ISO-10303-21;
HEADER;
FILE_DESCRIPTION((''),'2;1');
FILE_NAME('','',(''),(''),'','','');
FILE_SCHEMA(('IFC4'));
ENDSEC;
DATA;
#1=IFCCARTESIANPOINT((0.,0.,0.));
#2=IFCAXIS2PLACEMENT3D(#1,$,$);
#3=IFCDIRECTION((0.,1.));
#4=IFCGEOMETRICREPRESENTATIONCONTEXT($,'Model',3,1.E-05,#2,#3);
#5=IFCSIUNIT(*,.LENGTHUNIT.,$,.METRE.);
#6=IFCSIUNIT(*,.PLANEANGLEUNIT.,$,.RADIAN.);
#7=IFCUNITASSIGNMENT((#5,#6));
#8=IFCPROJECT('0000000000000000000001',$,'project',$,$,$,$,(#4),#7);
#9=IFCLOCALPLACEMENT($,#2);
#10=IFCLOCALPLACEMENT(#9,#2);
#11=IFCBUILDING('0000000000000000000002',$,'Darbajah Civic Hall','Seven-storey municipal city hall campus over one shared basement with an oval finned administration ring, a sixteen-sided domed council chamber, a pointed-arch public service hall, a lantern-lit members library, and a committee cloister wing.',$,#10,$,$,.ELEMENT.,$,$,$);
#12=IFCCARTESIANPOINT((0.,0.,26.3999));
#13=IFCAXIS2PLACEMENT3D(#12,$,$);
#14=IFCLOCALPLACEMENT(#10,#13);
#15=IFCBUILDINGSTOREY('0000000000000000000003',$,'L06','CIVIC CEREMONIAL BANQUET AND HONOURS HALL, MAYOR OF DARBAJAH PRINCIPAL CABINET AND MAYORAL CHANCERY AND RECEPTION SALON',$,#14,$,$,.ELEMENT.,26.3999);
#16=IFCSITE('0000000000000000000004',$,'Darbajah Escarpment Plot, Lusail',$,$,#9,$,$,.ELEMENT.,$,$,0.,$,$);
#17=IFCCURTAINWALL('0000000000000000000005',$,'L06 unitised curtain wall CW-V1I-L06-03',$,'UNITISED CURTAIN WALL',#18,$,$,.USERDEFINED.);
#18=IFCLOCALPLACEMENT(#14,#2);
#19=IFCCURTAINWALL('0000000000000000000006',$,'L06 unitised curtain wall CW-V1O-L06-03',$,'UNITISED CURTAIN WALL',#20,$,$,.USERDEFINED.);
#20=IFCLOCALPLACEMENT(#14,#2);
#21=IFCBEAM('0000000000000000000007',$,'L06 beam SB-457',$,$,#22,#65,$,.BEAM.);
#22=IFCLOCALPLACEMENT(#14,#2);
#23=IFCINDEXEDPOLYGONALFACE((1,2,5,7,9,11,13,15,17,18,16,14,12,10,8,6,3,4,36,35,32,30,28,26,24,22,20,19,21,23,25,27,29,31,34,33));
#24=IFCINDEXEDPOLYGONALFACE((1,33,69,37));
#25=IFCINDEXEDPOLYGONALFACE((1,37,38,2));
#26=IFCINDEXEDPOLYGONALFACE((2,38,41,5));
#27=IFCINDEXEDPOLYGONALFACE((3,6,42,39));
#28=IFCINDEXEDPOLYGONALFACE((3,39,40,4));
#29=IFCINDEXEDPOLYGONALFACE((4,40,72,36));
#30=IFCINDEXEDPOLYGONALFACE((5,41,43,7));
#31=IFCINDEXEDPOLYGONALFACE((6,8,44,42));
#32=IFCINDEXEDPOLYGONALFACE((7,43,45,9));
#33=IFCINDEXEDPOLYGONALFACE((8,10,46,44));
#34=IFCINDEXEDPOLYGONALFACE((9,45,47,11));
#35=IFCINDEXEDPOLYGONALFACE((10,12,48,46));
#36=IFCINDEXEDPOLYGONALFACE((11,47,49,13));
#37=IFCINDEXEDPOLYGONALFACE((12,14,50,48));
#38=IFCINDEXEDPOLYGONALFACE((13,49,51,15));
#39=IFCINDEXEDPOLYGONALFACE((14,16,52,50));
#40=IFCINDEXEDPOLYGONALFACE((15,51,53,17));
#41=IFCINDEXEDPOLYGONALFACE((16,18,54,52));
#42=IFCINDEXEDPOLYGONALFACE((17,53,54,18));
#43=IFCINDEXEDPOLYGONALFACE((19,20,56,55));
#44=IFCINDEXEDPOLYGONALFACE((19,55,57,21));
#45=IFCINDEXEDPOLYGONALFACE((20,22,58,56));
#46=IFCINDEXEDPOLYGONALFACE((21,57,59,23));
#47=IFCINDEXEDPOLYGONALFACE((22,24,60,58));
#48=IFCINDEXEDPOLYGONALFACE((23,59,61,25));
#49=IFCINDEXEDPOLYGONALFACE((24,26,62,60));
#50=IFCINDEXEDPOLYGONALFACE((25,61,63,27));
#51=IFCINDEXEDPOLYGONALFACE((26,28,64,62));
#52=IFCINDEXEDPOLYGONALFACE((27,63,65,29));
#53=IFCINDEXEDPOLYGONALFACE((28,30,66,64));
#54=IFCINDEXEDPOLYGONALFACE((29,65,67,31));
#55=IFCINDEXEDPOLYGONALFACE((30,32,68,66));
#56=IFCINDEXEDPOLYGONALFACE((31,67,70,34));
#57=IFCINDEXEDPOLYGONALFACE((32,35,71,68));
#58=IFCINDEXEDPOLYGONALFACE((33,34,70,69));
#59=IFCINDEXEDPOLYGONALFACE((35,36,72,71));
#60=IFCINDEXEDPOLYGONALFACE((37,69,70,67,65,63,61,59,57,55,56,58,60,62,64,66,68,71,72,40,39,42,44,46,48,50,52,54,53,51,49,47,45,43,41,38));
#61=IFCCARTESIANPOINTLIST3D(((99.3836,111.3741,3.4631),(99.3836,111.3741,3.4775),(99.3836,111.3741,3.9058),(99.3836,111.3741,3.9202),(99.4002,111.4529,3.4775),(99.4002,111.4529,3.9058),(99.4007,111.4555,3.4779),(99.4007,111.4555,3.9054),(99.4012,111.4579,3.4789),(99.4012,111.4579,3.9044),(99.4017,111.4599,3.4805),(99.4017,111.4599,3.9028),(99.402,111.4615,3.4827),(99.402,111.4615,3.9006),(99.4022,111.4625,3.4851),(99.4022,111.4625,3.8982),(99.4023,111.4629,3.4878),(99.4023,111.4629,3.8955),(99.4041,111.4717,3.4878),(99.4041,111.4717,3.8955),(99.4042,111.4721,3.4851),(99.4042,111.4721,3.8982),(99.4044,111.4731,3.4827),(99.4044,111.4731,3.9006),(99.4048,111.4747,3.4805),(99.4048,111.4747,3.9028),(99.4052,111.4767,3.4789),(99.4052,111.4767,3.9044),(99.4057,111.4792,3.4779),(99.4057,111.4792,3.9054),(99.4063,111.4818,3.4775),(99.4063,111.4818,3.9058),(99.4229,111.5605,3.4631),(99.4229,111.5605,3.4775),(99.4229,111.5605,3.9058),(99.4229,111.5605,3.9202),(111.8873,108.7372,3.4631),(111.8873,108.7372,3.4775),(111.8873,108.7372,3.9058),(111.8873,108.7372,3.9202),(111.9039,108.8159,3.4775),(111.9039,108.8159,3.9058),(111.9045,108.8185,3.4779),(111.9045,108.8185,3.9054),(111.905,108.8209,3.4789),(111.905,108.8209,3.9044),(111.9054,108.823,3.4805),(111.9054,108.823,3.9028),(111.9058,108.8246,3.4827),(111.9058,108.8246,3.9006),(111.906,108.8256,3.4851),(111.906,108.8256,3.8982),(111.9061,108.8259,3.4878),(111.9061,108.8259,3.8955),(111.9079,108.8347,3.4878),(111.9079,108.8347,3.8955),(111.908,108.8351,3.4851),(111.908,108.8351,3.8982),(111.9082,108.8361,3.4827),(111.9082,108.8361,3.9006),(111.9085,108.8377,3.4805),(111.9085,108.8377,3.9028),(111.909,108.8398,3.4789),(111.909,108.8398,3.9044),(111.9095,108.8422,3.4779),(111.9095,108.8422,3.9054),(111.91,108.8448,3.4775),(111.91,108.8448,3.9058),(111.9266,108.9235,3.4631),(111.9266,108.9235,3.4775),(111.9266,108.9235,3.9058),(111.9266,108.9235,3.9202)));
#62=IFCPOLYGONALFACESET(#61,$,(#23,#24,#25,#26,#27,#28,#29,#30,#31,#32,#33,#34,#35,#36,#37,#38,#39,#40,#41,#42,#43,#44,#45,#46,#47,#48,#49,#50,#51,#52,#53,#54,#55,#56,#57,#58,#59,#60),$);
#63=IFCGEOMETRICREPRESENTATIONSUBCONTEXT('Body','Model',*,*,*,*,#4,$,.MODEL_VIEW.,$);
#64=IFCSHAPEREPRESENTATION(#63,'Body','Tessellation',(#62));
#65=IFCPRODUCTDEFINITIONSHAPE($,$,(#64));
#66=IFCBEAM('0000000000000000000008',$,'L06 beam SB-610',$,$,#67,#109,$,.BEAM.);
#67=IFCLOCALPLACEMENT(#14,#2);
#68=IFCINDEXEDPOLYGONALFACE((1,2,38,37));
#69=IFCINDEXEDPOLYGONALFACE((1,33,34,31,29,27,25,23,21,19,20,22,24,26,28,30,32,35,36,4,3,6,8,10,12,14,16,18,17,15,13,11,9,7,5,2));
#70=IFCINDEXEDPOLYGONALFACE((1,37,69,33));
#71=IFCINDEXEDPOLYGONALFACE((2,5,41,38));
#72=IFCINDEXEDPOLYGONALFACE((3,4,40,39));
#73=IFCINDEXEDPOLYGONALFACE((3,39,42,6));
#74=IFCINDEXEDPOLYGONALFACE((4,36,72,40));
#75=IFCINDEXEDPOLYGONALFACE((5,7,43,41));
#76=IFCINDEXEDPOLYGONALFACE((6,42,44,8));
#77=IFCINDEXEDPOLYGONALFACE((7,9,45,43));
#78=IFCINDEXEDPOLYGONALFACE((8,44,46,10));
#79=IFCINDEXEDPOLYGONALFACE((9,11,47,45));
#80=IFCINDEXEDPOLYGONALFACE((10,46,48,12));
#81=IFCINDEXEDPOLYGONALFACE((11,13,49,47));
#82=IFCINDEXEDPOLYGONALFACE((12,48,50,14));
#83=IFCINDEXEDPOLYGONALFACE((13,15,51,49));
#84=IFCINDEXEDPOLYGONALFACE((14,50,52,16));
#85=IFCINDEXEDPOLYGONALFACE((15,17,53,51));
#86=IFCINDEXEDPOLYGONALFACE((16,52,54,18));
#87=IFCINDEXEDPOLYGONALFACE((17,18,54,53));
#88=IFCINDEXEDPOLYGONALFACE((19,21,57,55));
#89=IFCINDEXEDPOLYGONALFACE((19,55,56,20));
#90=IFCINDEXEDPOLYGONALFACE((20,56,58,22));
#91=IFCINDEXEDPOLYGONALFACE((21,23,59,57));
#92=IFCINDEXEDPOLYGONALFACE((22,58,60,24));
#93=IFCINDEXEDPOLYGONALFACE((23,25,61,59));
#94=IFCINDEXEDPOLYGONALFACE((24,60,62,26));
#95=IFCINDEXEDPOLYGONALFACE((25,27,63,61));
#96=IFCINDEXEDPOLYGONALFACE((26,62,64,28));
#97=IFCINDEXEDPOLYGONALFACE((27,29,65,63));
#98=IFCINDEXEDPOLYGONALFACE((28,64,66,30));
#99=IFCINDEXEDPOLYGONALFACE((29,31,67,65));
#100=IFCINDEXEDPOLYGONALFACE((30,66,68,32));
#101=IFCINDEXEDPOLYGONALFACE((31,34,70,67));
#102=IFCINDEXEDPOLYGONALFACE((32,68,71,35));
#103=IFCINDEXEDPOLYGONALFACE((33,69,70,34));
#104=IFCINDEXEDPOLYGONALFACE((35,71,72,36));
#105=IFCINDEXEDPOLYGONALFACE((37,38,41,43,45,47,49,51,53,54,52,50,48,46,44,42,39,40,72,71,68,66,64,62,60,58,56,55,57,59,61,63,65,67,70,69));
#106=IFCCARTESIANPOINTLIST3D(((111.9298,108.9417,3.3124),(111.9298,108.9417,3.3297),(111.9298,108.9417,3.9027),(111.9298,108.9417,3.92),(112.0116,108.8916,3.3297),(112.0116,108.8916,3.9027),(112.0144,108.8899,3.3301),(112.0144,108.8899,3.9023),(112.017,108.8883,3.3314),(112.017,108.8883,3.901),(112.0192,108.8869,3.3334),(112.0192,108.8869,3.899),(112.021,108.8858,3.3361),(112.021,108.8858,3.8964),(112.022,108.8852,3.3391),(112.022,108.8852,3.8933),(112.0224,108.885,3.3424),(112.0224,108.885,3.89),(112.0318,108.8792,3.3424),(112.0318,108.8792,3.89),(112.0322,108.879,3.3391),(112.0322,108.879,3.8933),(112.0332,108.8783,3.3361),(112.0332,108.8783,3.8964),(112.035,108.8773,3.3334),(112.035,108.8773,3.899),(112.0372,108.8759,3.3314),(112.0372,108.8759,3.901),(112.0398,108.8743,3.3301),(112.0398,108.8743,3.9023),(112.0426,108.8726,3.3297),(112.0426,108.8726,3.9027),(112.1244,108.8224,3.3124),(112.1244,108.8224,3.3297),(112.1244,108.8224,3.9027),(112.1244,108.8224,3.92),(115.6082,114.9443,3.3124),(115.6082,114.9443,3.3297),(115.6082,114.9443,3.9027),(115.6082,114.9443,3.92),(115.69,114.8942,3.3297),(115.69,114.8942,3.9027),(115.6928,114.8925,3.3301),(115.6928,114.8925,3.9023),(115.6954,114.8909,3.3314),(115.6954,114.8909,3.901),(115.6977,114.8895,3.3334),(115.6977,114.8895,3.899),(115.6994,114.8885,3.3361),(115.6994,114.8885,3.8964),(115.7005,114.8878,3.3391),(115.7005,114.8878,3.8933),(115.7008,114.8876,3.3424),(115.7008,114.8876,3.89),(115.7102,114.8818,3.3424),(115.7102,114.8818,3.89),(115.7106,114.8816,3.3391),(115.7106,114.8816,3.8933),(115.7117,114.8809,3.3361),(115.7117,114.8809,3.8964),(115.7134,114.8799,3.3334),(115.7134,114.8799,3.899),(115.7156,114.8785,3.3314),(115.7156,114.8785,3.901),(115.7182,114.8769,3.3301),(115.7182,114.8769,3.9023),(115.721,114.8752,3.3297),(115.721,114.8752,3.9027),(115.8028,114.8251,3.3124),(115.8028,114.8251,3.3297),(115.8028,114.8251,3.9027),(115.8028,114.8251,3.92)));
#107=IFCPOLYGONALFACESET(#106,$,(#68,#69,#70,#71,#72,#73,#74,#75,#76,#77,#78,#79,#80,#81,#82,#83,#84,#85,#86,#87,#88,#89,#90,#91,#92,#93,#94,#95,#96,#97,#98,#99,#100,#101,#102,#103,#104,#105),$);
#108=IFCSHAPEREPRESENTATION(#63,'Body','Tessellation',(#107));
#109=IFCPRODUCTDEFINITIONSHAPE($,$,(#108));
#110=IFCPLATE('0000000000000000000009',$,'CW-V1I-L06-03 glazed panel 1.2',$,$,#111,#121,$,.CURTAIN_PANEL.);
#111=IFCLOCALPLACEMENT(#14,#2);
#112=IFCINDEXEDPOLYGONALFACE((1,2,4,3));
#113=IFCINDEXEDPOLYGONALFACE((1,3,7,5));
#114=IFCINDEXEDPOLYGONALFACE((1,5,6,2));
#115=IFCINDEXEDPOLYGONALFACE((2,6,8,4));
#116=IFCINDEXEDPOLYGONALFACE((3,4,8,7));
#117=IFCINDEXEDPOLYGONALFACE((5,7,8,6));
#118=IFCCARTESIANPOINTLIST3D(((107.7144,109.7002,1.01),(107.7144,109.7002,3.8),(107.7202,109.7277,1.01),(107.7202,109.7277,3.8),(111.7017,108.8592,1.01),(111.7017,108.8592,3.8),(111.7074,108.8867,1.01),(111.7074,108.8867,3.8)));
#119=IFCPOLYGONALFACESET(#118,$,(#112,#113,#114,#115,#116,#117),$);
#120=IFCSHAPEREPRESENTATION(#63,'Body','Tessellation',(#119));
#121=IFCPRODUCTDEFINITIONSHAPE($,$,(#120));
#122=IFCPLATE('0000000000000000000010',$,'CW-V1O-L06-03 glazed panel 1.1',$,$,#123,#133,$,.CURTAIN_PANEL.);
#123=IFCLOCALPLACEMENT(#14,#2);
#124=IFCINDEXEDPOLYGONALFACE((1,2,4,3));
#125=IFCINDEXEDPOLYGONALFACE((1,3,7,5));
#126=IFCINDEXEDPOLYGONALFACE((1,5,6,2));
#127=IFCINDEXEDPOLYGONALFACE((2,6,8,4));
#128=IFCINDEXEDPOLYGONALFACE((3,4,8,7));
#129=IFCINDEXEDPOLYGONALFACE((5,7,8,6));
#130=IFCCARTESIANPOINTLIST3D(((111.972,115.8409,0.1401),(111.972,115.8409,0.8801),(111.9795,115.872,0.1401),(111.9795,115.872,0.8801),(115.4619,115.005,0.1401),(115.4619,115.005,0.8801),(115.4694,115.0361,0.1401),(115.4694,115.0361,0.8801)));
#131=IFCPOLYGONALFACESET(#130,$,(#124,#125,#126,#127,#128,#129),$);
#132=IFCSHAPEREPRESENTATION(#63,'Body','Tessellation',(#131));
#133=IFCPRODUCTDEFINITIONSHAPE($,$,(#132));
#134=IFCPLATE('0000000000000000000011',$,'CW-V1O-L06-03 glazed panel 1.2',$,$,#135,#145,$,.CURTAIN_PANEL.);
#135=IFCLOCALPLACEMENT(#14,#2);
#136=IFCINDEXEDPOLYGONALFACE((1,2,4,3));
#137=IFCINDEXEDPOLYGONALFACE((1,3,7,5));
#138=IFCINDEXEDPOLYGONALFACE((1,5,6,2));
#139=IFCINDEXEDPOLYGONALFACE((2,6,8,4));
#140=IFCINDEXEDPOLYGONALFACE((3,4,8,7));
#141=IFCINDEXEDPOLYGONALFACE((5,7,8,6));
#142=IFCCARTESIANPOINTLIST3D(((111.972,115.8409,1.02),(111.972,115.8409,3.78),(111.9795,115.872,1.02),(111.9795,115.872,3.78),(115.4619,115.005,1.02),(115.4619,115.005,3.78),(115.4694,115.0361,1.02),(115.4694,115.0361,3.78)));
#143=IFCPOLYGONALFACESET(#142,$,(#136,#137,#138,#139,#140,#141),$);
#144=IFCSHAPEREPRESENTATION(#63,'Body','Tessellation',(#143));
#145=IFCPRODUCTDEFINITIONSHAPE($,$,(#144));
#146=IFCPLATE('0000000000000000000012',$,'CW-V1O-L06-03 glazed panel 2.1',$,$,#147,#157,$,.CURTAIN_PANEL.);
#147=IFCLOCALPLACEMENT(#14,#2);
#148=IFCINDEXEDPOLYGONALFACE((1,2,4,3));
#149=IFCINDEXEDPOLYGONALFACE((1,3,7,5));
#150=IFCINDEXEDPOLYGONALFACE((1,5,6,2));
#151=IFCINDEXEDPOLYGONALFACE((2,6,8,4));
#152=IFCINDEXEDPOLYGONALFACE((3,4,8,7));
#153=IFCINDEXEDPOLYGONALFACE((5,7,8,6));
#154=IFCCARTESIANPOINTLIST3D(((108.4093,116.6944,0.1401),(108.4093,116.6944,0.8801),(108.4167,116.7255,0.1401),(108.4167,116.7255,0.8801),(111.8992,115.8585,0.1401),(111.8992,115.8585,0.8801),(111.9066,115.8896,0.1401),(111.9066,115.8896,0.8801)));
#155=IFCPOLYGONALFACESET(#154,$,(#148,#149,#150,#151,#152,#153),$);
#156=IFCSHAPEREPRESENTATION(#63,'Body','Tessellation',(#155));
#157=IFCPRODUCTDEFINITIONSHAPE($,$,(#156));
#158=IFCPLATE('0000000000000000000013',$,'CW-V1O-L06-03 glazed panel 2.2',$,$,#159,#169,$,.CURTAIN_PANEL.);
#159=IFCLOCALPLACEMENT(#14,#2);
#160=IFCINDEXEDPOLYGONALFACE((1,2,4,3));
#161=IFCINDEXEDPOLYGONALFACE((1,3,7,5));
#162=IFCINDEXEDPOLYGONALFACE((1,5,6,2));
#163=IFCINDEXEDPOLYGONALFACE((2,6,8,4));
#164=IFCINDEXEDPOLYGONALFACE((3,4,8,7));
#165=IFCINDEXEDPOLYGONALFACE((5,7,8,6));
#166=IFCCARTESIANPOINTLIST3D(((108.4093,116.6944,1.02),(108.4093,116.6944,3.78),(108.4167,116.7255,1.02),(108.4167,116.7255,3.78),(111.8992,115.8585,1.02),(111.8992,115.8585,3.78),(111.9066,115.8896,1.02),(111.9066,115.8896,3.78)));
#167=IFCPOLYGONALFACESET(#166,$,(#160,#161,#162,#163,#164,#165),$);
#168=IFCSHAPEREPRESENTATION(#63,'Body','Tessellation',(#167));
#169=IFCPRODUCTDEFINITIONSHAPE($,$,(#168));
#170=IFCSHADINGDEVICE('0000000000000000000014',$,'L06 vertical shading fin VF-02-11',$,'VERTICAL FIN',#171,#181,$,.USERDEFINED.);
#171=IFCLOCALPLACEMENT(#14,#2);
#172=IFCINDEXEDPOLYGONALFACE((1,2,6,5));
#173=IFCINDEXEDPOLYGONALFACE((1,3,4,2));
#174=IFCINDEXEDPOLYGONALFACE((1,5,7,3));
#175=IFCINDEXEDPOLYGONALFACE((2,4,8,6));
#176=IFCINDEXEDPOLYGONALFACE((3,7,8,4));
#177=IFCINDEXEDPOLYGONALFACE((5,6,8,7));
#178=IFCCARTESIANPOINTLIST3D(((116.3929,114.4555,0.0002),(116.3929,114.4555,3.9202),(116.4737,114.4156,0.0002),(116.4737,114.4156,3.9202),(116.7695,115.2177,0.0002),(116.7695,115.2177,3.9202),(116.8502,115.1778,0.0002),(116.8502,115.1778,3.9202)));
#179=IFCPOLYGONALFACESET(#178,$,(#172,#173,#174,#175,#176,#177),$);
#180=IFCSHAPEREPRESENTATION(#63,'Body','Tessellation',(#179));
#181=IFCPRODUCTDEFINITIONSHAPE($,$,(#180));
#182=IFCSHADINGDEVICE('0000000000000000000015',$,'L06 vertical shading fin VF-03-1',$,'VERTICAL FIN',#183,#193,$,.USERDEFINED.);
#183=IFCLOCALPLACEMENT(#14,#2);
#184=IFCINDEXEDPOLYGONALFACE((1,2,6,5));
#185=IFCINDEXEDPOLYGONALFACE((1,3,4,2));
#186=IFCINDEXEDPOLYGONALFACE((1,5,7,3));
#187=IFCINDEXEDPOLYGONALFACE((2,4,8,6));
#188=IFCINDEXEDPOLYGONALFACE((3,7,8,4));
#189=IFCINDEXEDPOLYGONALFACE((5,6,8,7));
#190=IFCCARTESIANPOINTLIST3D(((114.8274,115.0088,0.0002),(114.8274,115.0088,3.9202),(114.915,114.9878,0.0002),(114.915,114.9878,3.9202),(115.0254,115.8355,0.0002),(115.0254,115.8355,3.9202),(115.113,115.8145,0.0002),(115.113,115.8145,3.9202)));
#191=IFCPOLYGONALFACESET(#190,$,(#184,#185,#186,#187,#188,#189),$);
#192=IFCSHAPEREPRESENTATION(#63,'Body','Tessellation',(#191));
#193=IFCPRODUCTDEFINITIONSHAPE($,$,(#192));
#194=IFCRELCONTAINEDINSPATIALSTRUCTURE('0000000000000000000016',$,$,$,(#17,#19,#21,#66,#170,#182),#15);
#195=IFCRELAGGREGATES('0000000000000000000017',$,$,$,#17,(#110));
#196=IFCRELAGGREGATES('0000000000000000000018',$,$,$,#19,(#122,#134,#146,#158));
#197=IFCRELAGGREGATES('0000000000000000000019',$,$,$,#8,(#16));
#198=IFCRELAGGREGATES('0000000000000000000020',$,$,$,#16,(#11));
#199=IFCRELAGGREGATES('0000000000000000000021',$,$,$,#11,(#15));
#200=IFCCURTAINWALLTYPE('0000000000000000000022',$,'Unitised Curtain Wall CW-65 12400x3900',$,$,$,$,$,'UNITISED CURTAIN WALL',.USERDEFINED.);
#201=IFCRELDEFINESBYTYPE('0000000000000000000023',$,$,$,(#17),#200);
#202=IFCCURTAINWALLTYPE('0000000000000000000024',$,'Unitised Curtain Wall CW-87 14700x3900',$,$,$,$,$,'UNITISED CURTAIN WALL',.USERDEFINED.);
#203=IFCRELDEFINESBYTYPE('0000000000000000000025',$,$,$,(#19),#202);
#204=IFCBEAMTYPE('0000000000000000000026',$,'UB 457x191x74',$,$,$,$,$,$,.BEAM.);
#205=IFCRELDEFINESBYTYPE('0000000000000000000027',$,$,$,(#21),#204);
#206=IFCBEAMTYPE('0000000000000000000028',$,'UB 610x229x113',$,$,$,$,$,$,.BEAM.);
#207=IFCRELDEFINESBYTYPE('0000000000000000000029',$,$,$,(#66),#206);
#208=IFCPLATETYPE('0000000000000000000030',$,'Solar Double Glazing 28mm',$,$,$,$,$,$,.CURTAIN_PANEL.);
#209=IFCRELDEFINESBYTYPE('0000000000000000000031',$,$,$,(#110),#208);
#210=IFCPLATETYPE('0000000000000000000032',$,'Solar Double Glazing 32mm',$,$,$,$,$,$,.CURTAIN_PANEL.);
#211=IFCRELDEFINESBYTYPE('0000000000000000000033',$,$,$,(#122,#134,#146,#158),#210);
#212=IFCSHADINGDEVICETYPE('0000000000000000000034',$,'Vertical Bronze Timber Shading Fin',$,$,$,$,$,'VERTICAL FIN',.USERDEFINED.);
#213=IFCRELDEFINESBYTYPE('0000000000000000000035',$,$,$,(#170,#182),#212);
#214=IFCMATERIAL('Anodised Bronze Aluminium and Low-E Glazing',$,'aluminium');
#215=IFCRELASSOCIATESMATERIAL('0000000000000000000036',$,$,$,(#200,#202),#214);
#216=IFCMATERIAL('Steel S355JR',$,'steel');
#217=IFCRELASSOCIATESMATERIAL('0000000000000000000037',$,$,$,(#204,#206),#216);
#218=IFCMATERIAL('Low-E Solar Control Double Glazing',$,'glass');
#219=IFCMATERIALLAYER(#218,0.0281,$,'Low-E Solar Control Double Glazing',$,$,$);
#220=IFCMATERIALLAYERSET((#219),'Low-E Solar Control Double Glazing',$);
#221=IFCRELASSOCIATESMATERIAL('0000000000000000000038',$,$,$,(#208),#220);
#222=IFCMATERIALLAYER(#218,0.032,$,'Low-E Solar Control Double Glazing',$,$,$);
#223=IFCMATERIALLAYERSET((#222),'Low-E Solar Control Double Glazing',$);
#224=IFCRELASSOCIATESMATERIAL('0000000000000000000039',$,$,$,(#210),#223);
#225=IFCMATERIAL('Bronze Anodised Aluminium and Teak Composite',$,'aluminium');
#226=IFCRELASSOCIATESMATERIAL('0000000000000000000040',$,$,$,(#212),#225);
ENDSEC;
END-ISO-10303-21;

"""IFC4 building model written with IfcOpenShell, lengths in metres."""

from ifc_helpers import new_model, si_unit, direction, frame, origin, origin_2d, place, context, subcontext, project, spatial, rectangle, i_section, extrude, material, layer, layer_set, material_profile, profile_set, type_object, element, aggregate, save


model = new_model("IFC4")

# Units and contexts
model_context = context("Model", 3, precision=1e-05, world=origin(), true_north=direction((0.0, 1.0)))
body_context = subcontext(model_context, "Body", "Model", "MODEL_VIEW")
ifc_project = project(units=[si_unit("LENGTHUNIT", "METRE"), si_unit("PLANEANGLEUNIT", "RADIAN")], contexts=[model_context])

# Site, building, storey
site_placement = place(None, origin())
site = spatial("IfcSite", under=ifc_project, at=site_placement, Name="Darbajah Escarpment Plot, Lusail", CompositionType="ELEMENT", RefElevation=0.0)
building_placement = place(site_placement, origin())
building = spatial("IfcBuilding", under=site, at=building_placement, Name="Darbajah Civic Hall", Description="Seven-storey municipal city hall campus over one shared basement with an oval finned administration ring, a sixteen-sided domed council chamber, a pointed-arch public service hall, a lantern-lit members library, and a committee cloister wing.", CompositionType="ELEMENT")
storey_placement = place(building_placement, frame((0.0, 0.0, 26.3999)))
storey = spatial("IfcBuildingStorey", under=building, at=storey_placement, Name="L06", Description="CIVIC CEREMONIAL BANQUET AND HONOURS HALL, MAYOR OF DARBAJAH PRINCIPAL CABINET AND MAYORAL CHANCERY AND RECEPTION SALON", CompositionType="ELEMENT", Elevation=26.3999)

# Curtain wall
ifc_material_1 = material(Name="Anodised Bronze Aluminium and Low-E Glazing", Category="aluminium")
curtain_wall_type_1 = type_object("IfcCurtainWallType", Name="Unitised Curtain Wall CW-65 12400x3900", ElementType="UNITISED CURTAIN WALL", PredefinedType="USERDEFINED", material=ifc_material_1)
curtain_wall_1_placement = place(storey_placement, origin())
curtain_wall_1 = element("IfcCurtainWall", 1, at=curtain_wall_1_placement, inside=storey, type_object=curtain_wall_type_1, Name="L06 unitised curtain wall CW-V1I-L06-03", ObjectType="UNITISED CURTAIN WALL", PredefinedType="USERDEFINED")

# Curtain wall
curtain_wall_type_2 = type_object("IfcCurtainWallType", Name="Unitised Curtain Wall CW-87 14700x3900", ElementType="UNITISED CURTAIN WALL", PredefinedType="USERDEFINED", material=ifc_material_1)
curtain_wall_2_placement = place(storey_placement, origin())
curtain_wall_2 = element("IfcCurtainWall", 2, at=curtain_wall_2_placement, inside=storey, type_object=curtain_wall_type_2, Name="L06 unitised curtain wall CW-V1O-L06-03", ObjectType="UNITISED CURTAIN WALL", PredefinedType="USERDEFINED")

# Beams
ifc_material_2 = material(Name="Steel S355JR", Category="steel")
ifc_material_profile_1 = material_profile(ifc_material_2, i_section(OverallWidth=0.1904, OverallDepth=0.457, WebThickness=0.009, FlangeThickness=0.0144, FilletRadius=0.0103, at=origin_2d()), Name="UB 457x191x74")
ifc_profile_set_1 = profile_set([ifc_material_profile_1], Name="Steel S355JR")
beam_type_1 = type_object("IfcBeamType", Name="UB 457x191x74", PredefinedType="BEAM", material=ifc_profile_set_1)
beam_1_placement = place(storey_placement, frame((111.907, 108.8303, 3.6917), z_axis=(-0.978477, 0.206356, 0.0), x_axis=(-0.206356, -0.978477, 0.0)))
element("IfcBeam", 3, at=beam_1_placement, inside=storey, type_object=beam_type_1, Name="L06 beam SB-457", PredefinedType="BEAM", context=body_context, shape_type="SweptSolid", body=[
    extrude(i_section(OverallWidth=0.1904, OverallDepth=0.457, WebThickness=0.009, FlangeThickness=0.0144, FilletRadius=0.0103, at=origin_2d()), origin(), (0.0, 0.0, 1.0), 12.7788),
])
ifc_material_profile_2 = material_profile(ifc_material_2, i_section(OverallWidth=0.2283, OverallDepth=0.6077, WebThickness=0.011, FlangeThickness=0.0173, FilletRadius=0.0127, at=origin_2d()), Name="UB 610x229x113")
ifc_profile_set_2 = profile_set([ifc_material_profile_2], Name="Steel S355JR")
beam_type_2 = type_object("IfcBeamType", Name="UB 610x229x113", PredefinedType="BEAM", material=ifc_profile_set_2)
beam_2_placement = place(storey_placement, frame((112.0271, 108.8821, 3.6162), z_axis=(0.5225, 0.852639, 0.0), x_axis=(-0.852639, 0.5225, 0.0)))
element("IfcBeam", 4, at=beam_2_placement, inside=storey, type_object=beam_type_2, Name="L06 beam SB-610", PredefinedType="BEAM", context=body_context, shape_type="SweptSolid", body=[
    extrude(i_section(OverallWidth=0.2283, OverallDepth=0.6077, WebThickness=0.011, FlangeThickness=0.0173, FilletRadius=0.0127, at=origin_2d()), origin(), (0.0, 0.0, 1.0), 7.04),
])

# Plates
ifc_material_3 = material(Name="Low-E Solar Control Double Glazing", Category="glass")
ifc_layer_1 = layer(ifc_material_3, 0.0281, Name="Low-E Solar Control Double Glazing")
ifc_layer_set_1 = layer_set([ifc_layer_1], Name="Low-E Solar Control Double Glazing")
plate_type_1 = type_object("IfcPlateType", Name="Solar Double Glazing 28mm", PredefinedType="CURTAIN_PANEL", material=ifc_layer_set_1)
plate_1_placement = place(storey_placement, frame((109.7109, 109.2935, 1.01), z_axis=(0.0, 0.0, 1.0), x_axis=(-0.978473, 0.206375, 0.0)))
plate_1 = element("IfcPlate", 5, at=plate_1_placement, type_object=plate_type_1, Name="CW-V1I-L06-03 glazed panel 1.2", PredefinedType="CURTAIN_PANEL", context=body_context, shape_type="SweptSolid", body=[
    extrude(rectangle(XDim=4.075, YDim=0.0281, at=origin_2d()), origin(), (0.0, 0.0, 1.0), 2.79),
])
aggregate(curtain_wall_1, [plate_1])
ifc_layer_2 = layer(ifc_material_3, 0.032, Name="Low-E Solar Control Double Glazing")
ifc_layer_set_2 = layer_set([ifc_layer_2], Name="Low-E Solar Control Double Glazing")
plate_type_2 = type_object("IfcPlateType", Name="Solar Double Glazing 32mm", PredefinedType="CURTAIN_PANEL", material=ifc_layer_set_2)
plate_2_placement = place(storey_placement, frame((113.7207, 115.4385, 0.1401), z_axis=(0.0, 0.0, 1.0), x_axis=(-0.972492, 0.232936, 0.0)))
plate_2 = element("IfcPlate", 6, at=plate_2_placement, type_object=plate_type_2, Name="CW-V1O-L06-03 glazed panel 1.1", PredefinedType="CURTAIN_PANEL", context=body_context, shape_type="SweptSolid", body=[
    extrude(rectangle(XDim=3.5886, YDim=0.032, at=origin_2d()), origin(), (0.0, 0.0, 1.0), 0.74),
])
plate_3_placement = place(storey_placement, frame((113.7207, 115.4385, 1.02), z_axis=(0.0, 0.0, 1.0), x_axis=(-0.972492, 0.232936, 0.0)))
plate_3 = element("IfcPlate", 7, at=plate_3_placement, type_object=plate_type_2, Name="CW-V1O-L06-03 glazed panel 1.2", PredefinedType="CURTAIN_PANEL", context=body_context, shape_type="SweptSolid", body=[
    extrude(rectangle(XDim=3.5886, YDim=0.032, at=origin_2d()), origin(), (0.0, 0.0, 1.0), 2.76),
])
plate_4_placement = place(storey_placement, frame((110.158, 116.292, 0.1401), z_axis=(0.0, 0.0, 1.0), x_axis=(-0.972492, 0.232936, 0.0)))
plate_4 = element("IfcPlate", 8, at=plate_4_placement, type_object=plate_type_2, Name="CW-V1O-L06-03 glazed panel 2.1", PredefinedType="CURTAIN_PANEL", context=body_context, shape_type="SweptSolid", body=[
    extrude(rectangle(XDim=3.5886, YDim=0.032, at=origin_2d()), origin(), (0.0, 0.0, 1.0), 0.74),
])
plate_5_placement = place(storey_placement, frame((110.158, 116.292, 1.02), z_axis=(0.0, 0.0, 1.0), x_axis=(-0.972492, 0.232936, 0.0)))
plate_5 = element("IfcPlate", 9, at=plate_5_placement, type_object=plate_type_2, Name="CW-V1O-L06-03 glazed panel 2.2", PredefinedType="CURTAIN_PANEL", context=body_context, shape_type="SweptSolid", body=[
    extrude(rectangle(XDim=3.5886, YDim=0.032, at=origin_2d()), origin(), (0.0, 0.0, 1.0), 2.76),
])
aggregate(curtain_wall_2, [plate_2, plate_3, plate_4, plate_5])

# Shading devices
ifc_material_4 = material(Name="Bronze Anodised Aluminium and Teak Composite", Category="aluminium")
shading_device_type = type_object("IfcShadingDeviceType", Name="Vertical Bronze Timber Shading Fin", ElementType="VERTICAL FIN", PredefinedType="USERDEFINED", material=ifc_material_4)
for number, where, z_axis, x_axis, name in (
    (10, (116.6216, 114.8167, 0.0002), (0.0, 0.0, 1.0), (0.442915, 0.896564, 0.0), "L06 vertical shading fin VF-02-11"),
    (11, (114.9702, 115.4116, 0.0002), (0.0, 0.0, 1.0), (0.232936, 0.972492, 0.0), "L06 vertical shading fin VF-03-1"),
):
    element("IfcShadingDevice", number, at=place(storey_placement, frame(where, z_axis=z_axis, x_axis=x_axis)), inside=storey, type_object=shading_device_type, Name=name, ObjectType="VERTICAL FIN", PredefinedType="USERDEFINED", context=body_context, shape_type="SweptSolid", body=[
        extrude(rectangle(XDim=0.8501, YDim=0.0901, at=origin_2d()), origin(), (0.0, 0.0, 1.0), 3.9199),
    ])

save(model, "model.ifc")
